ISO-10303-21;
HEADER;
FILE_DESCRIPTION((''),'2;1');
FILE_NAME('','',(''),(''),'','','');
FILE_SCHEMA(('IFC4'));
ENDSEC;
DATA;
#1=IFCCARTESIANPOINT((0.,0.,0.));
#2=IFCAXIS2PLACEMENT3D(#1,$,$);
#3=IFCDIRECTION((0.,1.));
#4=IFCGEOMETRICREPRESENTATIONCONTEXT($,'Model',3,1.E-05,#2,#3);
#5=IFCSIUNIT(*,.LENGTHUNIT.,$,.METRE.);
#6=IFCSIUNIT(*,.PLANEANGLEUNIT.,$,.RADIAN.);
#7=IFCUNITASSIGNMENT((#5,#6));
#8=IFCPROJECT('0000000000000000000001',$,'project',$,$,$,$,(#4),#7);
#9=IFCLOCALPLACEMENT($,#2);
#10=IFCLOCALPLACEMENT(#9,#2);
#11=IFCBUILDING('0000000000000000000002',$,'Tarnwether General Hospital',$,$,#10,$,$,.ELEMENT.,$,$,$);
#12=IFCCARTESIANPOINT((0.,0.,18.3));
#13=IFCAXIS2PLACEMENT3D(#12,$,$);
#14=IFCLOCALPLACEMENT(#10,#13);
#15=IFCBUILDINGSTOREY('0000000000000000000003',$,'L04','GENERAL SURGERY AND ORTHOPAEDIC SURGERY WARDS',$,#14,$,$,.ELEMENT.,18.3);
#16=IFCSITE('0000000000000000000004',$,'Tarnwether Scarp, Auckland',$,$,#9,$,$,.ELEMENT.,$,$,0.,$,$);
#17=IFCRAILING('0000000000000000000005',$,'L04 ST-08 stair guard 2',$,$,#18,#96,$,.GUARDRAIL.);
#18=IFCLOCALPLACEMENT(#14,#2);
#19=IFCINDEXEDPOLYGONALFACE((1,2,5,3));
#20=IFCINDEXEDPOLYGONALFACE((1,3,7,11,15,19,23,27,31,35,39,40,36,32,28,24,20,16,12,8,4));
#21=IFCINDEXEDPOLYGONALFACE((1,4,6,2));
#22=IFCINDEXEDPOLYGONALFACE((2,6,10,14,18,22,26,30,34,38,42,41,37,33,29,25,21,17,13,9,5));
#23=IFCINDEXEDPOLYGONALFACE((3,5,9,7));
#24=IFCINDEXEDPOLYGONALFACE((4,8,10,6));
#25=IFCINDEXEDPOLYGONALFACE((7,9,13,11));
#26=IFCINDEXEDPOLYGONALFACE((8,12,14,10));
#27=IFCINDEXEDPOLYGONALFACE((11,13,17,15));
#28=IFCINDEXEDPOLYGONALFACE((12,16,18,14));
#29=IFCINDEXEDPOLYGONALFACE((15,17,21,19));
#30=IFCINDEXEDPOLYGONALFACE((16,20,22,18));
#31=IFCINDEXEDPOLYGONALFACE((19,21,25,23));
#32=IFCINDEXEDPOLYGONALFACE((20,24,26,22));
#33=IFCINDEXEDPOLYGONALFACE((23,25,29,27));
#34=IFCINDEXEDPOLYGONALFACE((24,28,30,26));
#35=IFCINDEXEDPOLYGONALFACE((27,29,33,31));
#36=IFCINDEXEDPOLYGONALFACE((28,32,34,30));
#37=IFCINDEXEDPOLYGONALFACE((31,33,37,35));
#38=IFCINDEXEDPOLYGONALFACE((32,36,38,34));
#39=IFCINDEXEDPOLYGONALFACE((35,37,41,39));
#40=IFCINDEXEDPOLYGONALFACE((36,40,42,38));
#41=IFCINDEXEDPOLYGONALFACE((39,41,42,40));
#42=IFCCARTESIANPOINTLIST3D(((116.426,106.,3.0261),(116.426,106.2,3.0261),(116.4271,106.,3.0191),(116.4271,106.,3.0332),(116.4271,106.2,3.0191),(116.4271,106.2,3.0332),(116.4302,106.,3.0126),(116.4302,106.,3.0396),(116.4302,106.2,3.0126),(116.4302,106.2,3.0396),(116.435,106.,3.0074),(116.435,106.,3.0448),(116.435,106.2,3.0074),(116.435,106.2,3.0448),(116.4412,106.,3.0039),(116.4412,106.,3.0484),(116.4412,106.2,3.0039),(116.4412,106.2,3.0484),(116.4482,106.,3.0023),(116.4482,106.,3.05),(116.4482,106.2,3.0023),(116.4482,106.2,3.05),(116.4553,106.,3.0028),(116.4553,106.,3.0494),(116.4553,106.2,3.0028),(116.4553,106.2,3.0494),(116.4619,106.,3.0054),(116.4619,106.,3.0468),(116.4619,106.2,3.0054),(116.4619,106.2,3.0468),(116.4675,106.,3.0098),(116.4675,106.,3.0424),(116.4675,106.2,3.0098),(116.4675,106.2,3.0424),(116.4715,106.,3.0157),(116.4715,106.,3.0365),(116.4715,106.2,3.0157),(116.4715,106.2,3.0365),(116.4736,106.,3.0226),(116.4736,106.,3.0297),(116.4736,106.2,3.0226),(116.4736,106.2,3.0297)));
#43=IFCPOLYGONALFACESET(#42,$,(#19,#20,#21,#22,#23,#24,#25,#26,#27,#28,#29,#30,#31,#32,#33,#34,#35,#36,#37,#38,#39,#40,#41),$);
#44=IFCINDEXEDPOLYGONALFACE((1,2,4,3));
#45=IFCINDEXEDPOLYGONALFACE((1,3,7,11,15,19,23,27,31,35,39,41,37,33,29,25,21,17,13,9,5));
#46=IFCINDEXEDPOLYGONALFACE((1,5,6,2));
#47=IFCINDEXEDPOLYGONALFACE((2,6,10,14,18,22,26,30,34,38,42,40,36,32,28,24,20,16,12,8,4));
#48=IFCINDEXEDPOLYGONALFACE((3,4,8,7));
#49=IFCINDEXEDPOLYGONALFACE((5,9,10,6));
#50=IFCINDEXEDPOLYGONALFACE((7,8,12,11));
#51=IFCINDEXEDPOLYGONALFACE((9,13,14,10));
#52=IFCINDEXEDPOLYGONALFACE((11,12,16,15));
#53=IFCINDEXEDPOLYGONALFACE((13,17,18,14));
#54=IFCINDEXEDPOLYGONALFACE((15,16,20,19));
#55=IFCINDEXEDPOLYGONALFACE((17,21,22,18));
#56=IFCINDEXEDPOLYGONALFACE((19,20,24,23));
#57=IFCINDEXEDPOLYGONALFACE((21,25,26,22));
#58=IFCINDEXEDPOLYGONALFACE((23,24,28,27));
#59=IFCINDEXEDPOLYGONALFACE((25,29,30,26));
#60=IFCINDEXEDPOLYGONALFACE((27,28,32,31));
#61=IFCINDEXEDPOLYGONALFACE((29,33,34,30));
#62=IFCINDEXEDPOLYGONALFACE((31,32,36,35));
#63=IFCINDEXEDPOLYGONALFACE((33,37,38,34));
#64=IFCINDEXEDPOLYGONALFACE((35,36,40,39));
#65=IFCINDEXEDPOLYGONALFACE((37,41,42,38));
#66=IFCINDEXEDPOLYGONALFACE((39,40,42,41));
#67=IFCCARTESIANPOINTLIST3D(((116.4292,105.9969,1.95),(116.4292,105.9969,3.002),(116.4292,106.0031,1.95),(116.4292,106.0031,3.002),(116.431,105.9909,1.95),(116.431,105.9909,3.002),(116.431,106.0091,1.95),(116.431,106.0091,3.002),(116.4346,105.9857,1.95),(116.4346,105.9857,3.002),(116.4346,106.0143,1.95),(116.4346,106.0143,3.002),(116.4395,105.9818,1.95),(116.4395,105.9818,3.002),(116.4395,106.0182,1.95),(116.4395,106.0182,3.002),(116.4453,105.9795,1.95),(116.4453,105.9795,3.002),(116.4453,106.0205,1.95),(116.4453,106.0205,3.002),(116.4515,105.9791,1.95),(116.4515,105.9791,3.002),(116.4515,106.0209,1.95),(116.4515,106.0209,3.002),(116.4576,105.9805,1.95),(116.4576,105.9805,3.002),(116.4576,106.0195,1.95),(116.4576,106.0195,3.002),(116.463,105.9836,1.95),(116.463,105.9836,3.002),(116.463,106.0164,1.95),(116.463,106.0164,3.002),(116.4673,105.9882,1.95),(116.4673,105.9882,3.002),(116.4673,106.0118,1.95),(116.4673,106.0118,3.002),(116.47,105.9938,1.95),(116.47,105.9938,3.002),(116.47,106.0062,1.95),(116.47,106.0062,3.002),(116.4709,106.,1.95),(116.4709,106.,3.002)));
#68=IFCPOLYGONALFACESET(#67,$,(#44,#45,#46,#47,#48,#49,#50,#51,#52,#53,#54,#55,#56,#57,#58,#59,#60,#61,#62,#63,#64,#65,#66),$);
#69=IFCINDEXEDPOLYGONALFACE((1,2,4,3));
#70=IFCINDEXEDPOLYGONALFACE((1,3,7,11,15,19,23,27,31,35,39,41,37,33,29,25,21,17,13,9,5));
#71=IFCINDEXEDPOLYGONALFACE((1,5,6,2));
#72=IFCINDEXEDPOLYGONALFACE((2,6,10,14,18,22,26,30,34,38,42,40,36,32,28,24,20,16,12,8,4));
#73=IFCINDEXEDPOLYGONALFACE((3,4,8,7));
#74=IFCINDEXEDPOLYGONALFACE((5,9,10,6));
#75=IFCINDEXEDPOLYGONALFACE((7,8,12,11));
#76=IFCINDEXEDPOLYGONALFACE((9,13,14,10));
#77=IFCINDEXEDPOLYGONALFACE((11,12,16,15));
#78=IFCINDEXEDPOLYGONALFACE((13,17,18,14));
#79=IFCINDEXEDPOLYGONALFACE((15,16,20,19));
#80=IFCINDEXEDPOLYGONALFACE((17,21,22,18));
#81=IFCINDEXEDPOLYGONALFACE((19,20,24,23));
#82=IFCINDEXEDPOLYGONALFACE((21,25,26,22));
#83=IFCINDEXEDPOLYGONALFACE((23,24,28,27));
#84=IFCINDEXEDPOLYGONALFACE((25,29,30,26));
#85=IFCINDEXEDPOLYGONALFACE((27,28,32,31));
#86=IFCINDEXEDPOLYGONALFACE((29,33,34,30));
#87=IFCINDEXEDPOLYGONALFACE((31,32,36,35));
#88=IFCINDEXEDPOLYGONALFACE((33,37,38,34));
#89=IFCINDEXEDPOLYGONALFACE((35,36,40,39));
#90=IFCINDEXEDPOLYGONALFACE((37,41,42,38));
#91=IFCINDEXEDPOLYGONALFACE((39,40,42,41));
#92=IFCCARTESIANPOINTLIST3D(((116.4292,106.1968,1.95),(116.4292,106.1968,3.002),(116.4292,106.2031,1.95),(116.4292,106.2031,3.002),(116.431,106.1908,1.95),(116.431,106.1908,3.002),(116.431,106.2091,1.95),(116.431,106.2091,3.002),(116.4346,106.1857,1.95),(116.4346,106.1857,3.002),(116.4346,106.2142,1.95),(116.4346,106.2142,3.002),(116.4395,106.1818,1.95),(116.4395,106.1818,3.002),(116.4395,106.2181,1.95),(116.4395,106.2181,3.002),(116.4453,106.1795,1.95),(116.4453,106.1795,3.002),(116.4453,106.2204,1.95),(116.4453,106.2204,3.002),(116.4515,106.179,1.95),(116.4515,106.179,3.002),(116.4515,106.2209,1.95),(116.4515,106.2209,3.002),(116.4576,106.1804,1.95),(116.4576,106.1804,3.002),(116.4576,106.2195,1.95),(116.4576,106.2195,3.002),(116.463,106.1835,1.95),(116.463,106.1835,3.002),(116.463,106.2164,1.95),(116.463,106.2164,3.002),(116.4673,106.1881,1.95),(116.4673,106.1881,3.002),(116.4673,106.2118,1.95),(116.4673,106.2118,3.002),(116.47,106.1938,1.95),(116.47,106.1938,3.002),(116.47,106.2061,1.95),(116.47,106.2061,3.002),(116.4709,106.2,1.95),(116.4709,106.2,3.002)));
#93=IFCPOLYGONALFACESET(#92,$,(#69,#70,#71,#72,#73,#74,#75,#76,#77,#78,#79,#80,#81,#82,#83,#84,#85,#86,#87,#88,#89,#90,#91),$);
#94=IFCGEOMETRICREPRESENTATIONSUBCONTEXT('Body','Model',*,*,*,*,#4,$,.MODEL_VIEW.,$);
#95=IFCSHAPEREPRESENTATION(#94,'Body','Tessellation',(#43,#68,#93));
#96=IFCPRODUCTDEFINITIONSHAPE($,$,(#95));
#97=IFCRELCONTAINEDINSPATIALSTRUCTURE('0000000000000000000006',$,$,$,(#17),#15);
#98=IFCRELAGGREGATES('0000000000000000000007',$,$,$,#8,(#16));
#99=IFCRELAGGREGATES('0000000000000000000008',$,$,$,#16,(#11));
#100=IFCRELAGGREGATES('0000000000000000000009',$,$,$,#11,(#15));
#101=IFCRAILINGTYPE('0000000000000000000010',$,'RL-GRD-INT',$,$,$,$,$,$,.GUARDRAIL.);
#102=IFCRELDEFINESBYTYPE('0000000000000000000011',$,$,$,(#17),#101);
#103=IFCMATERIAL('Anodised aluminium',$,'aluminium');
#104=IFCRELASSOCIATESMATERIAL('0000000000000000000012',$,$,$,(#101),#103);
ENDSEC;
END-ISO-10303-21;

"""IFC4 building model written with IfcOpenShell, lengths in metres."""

from ifc_helpers import new_model, si_unit, direction, frame, origin, origin_2d, place, context, subcontext, project, spatial, circle, extrude, material, type_object, element, save


model = new_model("IFC4")

# Units and contexts
model_context = context("Model", 3, precision=1e-05, world=origin(), true_north=direction((0.0, 1.0)))
body_context = subcontext(model_context, "Body", "Model", "MODEL_VIEW")
ifc_project = project(units=[si_unit("LENGTHUNIT", "METRE"), si_unit("PLANEANGLEUNIT", "RADIAN")], contexts=[model_context])

# Site, building, storey
site_placement = place(None, origin())
site = spatial("IfcSite", under=ifc_project, at=site_placement, Name="Tarnwether Scarp, Auckland", CompositionType="ELEMENT", RefElevation=0.0)
building_placement = place(site_placement, origin())
building = spatial("IfcBuilding", under=site, at=building_placement, Name="Tarnwether General Hospital", CompositionType="ELEMENT")
storey_placement = place(building_placement, frame((0.0, 0.0, 18.3)))
storey = spatial("IfcBuildingStorey", under=building, at=storey_placement, Name="L04", Description="GENERAL SURGERY AND ORTHOPAEDIC SURGERY WARDS", CompositionType="ELEMENT", Elevation=18.3)

# Railing
ifc_material_1 = material(Name="Anodised aluminium", Category="aluminium")
railing_type_1 = type_object("IfcRailingType", Name="RL-GRD-INT", PredefinedType="GUARDRAIL", material=ifc_material_1)
railing_1_placement = place(storey_placement, frame((116.45, 106.0, 1.95)))
element("IfcRailing", 1, at=railing_1_placement, inside=storey, type_object=railing_type_1, Name="L04 ST-08 stair guard 2", PredefinedType="GUARDRAIL", context=body_context, shape_type="SweptSolid", body=[
    extrude(circle(Radius=0.0239, at=origin_2d()), frame((0.0, 0.0, 1.0762), z_axis=(0.0, 1.0, 0.0), x_axis=(-1.0, 0.0, 0.0)), (0.0, 0.0, 1.0), 0.2),
    extrude(circle(Radius=0.021, at=origin_2d()), origin(), (0.0, 0.0, 1.0), 1.052),
    extrude(circle(Radius=0.021, at=origin_2d()), frame((0.0, 0.2, 0.0)), (0.0, 0.0, 1.0), 1.052),
])

save(model, "model.ifc")
